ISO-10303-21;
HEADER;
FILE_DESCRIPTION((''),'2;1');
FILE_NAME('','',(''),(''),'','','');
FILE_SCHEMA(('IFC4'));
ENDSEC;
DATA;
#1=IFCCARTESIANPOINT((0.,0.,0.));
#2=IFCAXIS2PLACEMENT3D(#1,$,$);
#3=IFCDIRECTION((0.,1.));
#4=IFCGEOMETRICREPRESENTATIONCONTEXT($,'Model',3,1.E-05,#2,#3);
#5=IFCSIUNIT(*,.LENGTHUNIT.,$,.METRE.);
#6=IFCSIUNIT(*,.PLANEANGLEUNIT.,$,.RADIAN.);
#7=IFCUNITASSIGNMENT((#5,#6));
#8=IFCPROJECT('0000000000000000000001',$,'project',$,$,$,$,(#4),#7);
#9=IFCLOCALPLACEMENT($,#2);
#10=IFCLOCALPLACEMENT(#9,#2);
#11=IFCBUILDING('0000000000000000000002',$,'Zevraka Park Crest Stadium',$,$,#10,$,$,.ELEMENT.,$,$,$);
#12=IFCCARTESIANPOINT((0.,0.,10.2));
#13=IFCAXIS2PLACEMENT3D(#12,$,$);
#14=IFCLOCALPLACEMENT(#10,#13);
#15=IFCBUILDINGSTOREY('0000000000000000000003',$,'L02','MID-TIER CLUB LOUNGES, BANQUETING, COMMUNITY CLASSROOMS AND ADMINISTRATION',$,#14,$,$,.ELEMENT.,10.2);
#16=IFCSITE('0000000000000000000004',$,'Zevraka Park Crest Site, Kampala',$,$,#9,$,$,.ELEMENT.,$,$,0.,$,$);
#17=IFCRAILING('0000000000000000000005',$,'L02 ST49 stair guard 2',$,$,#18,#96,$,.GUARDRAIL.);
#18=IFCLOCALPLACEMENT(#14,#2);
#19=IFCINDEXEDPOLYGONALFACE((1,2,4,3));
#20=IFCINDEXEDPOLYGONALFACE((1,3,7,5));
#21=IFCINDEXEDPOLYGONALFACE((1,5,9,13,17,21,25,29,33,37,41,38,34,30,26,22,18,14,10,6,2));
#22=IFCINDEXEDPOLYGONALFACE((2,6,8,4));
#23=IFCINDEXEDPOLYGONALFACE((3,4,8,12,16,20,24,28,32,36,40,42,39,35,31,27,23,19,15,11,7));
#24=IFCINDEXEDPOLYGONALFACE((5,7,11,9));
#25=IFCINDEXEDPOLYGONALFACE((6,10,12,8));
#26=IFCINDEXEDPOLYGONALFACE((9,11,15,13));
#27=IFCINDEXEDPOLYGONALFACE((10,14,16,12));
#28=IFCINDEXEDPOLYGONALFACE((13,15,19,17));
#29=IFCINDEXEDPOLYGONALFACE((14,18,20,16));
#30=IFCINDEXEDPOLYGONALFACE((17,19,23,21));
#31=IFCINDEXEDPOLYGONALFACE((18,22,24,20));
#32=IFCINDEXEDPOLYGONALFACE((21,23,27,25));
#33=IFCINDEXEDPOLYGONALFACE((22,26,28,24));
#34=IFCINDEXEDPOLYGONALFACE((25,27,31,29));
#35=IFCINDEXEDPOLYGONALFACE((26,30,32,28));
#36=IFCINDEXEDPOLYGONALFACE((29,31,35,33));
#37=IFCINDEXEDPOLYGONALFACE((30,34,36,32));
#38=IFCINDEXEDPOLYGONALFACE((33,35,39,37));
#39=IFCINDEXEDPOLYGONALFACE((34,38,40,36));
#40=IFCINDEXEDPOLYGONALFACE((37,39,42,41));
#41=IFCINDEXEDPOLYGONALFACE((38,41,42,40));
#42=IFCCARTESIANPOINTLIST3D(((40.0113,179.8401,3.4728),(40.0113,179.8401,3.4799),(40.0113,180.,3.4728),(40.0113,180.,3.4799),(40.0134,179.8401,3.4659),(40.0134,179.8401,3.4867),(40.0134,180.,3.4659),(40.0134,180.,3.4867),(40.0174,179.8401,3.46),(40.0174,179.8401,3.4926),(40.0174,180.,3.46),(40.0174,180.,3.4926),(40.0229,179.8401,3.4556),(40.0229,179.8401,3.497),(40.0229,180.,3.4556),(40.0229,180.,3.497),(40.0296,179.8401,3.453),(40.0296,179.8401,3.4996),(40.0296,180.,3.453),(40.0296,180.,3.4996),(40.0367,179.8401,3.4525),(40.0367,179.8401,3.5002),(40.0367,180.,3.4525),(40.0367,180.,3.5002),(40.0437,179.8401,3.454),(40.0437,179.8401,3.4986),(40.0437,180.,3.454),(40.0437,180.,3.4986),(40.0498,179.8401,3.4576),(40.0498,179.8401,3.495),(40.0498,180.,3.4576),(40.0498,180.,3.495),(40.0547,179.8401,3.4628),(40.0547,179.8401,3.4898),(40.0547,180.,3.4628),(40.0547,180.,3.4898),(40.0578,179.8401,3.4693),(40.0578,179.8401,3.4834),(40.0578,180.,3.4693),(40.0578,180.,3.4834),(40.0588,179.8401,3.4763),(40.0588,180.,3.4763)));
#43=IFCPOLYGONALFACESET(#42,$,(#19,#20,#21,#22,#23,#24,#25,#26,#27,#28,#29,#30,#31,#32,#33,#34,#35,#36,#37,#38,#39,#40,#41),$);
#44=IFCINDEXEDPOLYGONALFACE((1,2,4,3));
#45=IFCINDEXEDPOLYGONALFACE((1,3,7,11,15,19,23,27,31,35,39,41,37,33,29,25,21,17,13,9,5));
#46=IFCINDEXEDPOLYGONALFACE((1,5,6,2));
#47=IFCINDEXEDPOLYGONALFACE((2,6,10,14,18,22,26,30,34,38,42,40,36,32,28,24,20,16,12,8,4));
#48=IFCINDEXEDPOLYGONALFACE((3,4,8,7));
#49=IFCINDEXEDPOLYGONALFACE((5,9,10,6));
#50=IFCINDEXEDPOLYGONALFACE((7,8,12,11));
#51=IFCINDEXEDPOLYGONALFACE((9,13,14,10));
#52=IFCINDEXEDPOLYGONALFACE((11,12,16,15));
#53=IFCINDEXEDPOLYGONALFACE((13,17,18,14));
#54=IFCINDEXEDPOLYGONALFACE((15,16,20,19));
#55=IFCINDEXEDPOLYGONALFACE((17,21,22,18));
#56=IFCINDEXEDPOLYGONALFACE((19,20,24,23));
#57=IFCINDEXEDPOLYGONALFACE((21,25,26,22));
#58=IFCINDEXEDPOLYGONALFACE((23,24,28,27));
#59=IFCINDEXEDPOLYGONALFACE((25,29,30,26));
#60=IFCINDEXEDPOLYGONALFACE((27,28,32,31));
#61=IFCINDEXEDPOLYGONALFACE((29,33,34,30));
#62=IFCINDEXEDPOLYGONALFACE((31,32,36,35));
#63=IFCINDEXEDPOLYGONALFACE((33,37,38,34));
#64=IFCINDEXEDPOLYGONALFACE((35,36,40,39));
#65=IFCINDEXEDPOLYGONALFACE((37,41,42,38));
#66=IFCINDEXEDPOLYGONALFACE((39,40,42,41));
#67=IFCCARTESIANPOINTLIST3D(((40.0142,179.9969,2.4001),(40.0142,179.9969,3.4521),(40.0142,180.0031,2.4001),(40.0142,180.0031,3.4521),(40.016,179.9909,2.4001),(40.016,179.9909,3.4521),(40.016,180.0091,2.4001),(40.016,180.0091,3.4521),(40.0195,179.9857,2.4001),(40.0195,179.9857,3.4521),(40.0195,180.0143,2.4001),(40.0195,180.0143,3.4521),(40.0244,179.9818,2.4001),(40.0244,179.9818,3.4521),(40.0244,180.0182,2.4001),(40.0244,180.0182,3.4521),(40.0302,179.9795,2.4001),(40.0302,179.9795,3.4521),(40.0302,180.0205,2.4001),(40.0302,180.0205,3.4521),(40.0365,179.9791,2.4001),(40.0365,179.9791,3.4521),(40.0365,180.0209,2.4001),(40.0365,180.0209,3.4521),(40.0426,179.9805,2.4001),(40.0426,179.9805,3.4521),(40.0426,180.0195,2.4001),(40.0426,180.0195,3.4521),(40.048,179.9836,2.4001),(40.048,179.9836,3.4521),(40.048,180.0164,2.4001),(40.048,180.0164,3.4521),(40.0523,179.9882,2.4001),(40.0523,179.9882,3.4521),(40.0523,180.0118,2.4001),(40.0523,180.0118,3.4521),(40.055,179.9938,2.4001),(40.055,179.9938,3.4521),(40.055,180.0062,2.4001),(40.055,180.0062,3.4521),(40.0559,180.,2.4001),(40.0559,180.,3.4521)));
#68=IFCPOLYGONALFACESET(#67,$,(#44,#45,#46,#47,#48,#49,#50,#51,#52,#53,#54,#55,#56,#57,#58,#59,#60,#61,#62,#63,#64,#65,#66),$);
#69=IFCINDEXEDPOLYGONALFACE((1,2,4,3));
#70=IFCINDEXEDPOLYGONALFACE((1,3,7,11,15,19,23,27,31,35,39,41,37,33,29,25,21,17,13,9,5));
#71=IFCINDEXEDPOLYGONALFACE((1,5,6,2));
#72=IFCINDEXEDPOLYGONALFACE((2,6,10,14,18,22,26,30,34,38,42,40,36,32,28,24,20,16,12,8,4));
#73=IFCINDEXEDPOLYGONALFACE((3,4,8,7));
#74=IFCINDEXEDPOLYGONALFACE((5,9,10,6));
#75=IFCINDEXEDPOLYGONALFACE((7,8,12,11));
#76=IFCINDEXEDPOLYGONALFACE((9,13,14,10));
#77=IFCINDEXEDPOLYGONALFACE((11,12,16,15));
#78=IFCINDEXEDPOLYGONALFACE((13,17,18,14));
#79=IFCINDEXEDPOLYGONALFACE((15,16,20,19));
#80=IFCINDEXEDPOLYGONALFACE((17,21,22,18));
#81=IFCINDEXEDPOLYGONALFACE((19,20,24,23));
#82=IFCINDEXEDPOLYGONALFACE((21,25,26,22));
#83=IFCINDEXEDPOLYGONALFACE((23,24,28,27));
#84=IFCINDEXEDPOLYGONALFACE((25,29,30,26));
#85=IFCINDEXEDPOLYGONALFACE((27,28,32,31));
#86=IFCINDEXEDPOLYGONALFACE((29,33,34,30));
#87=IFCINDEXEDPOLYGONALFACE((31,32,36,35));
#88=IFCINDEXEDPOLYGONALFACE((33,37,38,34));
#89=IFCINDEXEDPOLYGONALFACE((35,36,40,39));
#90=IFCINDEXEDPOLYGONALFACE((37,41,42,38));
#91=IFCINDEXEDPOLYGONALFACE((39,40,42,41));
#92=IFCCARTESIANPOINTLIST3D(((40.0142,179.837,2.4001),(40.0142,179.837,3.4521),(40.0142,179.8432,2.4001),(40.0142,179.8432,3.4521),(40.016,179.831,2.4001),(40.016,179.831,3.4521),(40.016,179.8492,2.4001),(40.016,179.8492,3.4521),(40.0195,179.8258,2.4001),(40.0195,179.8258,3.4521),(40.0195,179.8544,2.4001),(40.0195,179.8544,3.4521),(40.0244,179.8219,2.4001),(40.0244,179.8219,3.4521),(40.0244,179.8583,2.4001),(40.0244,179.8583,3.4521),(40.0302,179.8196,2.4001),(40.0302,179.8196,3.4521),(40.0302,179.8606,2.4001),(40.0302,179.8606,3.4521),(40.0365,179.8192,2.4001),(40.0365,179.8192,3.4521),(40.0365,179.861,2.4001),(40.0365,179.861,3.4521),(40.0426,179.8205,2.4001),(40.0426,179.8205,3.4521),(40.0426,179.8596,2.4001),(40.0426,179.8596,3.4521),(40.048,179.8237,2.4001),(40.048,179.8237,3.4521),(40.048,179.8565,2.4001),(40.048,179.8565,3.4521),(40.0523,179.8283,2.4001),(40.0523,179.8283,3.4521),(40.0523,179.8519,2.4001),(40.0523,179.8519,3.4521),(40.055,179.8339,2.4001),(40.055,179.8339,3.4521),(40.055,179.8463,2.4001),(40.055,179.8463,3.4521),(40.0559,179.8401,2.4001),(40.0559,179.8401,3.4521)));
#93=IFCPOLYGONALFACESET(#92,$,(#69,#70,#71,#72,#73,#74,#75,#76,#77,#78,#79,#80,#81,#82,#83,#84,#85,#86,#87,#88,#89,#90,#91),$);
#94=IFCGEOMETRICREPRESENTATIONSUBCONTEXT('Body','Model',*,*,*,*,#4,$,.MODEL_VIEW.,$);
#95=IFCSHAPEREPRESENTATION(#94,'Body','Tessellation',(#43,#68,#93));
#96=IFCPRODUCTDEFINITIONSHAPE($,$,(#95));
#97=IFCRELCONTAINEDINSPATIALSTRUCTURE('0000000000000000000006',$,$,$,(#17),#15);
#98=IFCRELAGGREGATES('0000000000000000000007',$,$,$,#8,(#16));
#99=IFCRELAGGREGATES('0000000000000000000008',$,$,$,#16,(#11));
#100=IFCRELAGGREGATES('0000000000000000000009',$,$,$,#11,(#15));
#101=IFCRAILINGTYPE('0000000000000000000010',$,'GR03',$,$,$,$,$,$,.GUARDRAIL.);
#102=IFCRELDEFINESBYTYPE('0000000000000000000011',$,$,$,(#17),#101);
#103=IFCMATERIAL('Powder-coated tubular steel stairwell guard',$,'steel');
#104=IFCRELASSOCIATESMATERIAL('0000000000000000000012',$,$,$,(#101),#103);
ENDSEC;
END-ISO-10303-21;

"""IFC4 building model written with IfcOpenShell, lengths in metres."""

from ifc_helpers import new_model, si_unit, direction, frame, origin, origin_2d, place, context, subcontext, project, spatial, circle, extrude, material, type_object, element, save


model = new_model("IFC4")

# Units and contexts
model_context = context("Model", 3, precision=1e-05, world=origin(), true_north=direction((0.0, 1.0)))
body_context = subcontext(model_context, "Body", "Model", "MODEL_VIEW")
ifc_project = project(units=[si_unit("LENGTHUNIT", "METRE"), si_unit("PLANEANGLEUNIT", "RADIAN")], contexts=[model_context])

# Site, building, storey
site_placement = place(None, origin())
site = spatial("IfcSite", under=ifc_project, at=site_placement, Name="Zevraka Park Crest Site, Kampala", CompositionType="ELEMENT", RefElevation=0.0)
building_placement = place(site_placement, origin())
building = spatial("IfcBuilding", under=site, at=building_placement, Name="Zevraka Park Crest Stadium", CompositionType="ELEMENT")
storey_placement = place(building_placement, frame((0.0, 0.0, 10.2)))
storey = spatial("IfcBuildingStorey", under=building, at=storey_placement, Name="L02", Description="MID-TIER CLUB LOUNGES, BANQUETING, COMMUNITY CLASSROOMS AND ADMINISTRATION", CompositionType="ELEMENT", Elevation=10.2)

# Railing
ifc_material_1 = material(Name="Powder-coated tubular steel stairwell guard", Category="steel")
railing_type_1 = type_object("IfcRailingType", Name="GR03", PredefinedType="GUARDRAIL", material=ifc_material_1)
railing_1_placement = place(storey_placement, frame((40.0349, 180.0, 2.4001)))
element("IfcRailing", 1, at=railing_1_placement, inside=storey, type_object=railing_type_1, Name="L02 ST49 stair guard 2", PredefinedType="GUARDRAIL", context=body_context, shape_type="SweptSolid", body=[
    extrude(circle(Radius=0.0239, at=origin_2d()), frame((0.0, 0.0, 1.0762), z_axis=(0.0, -1.0, 0.0), x_axis=(1.0, 0.0, 0.0)), (0.0, 0.0, 1.0), 0.1599),
    extrude(circle(Radius=0.021, at=origin_2d()), origin(), (0.0, 0.0, 1.0), 1.052),
    extrude(circle(Radius=0.021, at=origin_2d()), frame((0.0, -0.1599, 0.0)), (0.0, 0.0, 1.0), 1.052),
])

save(model, "model.ifc")
